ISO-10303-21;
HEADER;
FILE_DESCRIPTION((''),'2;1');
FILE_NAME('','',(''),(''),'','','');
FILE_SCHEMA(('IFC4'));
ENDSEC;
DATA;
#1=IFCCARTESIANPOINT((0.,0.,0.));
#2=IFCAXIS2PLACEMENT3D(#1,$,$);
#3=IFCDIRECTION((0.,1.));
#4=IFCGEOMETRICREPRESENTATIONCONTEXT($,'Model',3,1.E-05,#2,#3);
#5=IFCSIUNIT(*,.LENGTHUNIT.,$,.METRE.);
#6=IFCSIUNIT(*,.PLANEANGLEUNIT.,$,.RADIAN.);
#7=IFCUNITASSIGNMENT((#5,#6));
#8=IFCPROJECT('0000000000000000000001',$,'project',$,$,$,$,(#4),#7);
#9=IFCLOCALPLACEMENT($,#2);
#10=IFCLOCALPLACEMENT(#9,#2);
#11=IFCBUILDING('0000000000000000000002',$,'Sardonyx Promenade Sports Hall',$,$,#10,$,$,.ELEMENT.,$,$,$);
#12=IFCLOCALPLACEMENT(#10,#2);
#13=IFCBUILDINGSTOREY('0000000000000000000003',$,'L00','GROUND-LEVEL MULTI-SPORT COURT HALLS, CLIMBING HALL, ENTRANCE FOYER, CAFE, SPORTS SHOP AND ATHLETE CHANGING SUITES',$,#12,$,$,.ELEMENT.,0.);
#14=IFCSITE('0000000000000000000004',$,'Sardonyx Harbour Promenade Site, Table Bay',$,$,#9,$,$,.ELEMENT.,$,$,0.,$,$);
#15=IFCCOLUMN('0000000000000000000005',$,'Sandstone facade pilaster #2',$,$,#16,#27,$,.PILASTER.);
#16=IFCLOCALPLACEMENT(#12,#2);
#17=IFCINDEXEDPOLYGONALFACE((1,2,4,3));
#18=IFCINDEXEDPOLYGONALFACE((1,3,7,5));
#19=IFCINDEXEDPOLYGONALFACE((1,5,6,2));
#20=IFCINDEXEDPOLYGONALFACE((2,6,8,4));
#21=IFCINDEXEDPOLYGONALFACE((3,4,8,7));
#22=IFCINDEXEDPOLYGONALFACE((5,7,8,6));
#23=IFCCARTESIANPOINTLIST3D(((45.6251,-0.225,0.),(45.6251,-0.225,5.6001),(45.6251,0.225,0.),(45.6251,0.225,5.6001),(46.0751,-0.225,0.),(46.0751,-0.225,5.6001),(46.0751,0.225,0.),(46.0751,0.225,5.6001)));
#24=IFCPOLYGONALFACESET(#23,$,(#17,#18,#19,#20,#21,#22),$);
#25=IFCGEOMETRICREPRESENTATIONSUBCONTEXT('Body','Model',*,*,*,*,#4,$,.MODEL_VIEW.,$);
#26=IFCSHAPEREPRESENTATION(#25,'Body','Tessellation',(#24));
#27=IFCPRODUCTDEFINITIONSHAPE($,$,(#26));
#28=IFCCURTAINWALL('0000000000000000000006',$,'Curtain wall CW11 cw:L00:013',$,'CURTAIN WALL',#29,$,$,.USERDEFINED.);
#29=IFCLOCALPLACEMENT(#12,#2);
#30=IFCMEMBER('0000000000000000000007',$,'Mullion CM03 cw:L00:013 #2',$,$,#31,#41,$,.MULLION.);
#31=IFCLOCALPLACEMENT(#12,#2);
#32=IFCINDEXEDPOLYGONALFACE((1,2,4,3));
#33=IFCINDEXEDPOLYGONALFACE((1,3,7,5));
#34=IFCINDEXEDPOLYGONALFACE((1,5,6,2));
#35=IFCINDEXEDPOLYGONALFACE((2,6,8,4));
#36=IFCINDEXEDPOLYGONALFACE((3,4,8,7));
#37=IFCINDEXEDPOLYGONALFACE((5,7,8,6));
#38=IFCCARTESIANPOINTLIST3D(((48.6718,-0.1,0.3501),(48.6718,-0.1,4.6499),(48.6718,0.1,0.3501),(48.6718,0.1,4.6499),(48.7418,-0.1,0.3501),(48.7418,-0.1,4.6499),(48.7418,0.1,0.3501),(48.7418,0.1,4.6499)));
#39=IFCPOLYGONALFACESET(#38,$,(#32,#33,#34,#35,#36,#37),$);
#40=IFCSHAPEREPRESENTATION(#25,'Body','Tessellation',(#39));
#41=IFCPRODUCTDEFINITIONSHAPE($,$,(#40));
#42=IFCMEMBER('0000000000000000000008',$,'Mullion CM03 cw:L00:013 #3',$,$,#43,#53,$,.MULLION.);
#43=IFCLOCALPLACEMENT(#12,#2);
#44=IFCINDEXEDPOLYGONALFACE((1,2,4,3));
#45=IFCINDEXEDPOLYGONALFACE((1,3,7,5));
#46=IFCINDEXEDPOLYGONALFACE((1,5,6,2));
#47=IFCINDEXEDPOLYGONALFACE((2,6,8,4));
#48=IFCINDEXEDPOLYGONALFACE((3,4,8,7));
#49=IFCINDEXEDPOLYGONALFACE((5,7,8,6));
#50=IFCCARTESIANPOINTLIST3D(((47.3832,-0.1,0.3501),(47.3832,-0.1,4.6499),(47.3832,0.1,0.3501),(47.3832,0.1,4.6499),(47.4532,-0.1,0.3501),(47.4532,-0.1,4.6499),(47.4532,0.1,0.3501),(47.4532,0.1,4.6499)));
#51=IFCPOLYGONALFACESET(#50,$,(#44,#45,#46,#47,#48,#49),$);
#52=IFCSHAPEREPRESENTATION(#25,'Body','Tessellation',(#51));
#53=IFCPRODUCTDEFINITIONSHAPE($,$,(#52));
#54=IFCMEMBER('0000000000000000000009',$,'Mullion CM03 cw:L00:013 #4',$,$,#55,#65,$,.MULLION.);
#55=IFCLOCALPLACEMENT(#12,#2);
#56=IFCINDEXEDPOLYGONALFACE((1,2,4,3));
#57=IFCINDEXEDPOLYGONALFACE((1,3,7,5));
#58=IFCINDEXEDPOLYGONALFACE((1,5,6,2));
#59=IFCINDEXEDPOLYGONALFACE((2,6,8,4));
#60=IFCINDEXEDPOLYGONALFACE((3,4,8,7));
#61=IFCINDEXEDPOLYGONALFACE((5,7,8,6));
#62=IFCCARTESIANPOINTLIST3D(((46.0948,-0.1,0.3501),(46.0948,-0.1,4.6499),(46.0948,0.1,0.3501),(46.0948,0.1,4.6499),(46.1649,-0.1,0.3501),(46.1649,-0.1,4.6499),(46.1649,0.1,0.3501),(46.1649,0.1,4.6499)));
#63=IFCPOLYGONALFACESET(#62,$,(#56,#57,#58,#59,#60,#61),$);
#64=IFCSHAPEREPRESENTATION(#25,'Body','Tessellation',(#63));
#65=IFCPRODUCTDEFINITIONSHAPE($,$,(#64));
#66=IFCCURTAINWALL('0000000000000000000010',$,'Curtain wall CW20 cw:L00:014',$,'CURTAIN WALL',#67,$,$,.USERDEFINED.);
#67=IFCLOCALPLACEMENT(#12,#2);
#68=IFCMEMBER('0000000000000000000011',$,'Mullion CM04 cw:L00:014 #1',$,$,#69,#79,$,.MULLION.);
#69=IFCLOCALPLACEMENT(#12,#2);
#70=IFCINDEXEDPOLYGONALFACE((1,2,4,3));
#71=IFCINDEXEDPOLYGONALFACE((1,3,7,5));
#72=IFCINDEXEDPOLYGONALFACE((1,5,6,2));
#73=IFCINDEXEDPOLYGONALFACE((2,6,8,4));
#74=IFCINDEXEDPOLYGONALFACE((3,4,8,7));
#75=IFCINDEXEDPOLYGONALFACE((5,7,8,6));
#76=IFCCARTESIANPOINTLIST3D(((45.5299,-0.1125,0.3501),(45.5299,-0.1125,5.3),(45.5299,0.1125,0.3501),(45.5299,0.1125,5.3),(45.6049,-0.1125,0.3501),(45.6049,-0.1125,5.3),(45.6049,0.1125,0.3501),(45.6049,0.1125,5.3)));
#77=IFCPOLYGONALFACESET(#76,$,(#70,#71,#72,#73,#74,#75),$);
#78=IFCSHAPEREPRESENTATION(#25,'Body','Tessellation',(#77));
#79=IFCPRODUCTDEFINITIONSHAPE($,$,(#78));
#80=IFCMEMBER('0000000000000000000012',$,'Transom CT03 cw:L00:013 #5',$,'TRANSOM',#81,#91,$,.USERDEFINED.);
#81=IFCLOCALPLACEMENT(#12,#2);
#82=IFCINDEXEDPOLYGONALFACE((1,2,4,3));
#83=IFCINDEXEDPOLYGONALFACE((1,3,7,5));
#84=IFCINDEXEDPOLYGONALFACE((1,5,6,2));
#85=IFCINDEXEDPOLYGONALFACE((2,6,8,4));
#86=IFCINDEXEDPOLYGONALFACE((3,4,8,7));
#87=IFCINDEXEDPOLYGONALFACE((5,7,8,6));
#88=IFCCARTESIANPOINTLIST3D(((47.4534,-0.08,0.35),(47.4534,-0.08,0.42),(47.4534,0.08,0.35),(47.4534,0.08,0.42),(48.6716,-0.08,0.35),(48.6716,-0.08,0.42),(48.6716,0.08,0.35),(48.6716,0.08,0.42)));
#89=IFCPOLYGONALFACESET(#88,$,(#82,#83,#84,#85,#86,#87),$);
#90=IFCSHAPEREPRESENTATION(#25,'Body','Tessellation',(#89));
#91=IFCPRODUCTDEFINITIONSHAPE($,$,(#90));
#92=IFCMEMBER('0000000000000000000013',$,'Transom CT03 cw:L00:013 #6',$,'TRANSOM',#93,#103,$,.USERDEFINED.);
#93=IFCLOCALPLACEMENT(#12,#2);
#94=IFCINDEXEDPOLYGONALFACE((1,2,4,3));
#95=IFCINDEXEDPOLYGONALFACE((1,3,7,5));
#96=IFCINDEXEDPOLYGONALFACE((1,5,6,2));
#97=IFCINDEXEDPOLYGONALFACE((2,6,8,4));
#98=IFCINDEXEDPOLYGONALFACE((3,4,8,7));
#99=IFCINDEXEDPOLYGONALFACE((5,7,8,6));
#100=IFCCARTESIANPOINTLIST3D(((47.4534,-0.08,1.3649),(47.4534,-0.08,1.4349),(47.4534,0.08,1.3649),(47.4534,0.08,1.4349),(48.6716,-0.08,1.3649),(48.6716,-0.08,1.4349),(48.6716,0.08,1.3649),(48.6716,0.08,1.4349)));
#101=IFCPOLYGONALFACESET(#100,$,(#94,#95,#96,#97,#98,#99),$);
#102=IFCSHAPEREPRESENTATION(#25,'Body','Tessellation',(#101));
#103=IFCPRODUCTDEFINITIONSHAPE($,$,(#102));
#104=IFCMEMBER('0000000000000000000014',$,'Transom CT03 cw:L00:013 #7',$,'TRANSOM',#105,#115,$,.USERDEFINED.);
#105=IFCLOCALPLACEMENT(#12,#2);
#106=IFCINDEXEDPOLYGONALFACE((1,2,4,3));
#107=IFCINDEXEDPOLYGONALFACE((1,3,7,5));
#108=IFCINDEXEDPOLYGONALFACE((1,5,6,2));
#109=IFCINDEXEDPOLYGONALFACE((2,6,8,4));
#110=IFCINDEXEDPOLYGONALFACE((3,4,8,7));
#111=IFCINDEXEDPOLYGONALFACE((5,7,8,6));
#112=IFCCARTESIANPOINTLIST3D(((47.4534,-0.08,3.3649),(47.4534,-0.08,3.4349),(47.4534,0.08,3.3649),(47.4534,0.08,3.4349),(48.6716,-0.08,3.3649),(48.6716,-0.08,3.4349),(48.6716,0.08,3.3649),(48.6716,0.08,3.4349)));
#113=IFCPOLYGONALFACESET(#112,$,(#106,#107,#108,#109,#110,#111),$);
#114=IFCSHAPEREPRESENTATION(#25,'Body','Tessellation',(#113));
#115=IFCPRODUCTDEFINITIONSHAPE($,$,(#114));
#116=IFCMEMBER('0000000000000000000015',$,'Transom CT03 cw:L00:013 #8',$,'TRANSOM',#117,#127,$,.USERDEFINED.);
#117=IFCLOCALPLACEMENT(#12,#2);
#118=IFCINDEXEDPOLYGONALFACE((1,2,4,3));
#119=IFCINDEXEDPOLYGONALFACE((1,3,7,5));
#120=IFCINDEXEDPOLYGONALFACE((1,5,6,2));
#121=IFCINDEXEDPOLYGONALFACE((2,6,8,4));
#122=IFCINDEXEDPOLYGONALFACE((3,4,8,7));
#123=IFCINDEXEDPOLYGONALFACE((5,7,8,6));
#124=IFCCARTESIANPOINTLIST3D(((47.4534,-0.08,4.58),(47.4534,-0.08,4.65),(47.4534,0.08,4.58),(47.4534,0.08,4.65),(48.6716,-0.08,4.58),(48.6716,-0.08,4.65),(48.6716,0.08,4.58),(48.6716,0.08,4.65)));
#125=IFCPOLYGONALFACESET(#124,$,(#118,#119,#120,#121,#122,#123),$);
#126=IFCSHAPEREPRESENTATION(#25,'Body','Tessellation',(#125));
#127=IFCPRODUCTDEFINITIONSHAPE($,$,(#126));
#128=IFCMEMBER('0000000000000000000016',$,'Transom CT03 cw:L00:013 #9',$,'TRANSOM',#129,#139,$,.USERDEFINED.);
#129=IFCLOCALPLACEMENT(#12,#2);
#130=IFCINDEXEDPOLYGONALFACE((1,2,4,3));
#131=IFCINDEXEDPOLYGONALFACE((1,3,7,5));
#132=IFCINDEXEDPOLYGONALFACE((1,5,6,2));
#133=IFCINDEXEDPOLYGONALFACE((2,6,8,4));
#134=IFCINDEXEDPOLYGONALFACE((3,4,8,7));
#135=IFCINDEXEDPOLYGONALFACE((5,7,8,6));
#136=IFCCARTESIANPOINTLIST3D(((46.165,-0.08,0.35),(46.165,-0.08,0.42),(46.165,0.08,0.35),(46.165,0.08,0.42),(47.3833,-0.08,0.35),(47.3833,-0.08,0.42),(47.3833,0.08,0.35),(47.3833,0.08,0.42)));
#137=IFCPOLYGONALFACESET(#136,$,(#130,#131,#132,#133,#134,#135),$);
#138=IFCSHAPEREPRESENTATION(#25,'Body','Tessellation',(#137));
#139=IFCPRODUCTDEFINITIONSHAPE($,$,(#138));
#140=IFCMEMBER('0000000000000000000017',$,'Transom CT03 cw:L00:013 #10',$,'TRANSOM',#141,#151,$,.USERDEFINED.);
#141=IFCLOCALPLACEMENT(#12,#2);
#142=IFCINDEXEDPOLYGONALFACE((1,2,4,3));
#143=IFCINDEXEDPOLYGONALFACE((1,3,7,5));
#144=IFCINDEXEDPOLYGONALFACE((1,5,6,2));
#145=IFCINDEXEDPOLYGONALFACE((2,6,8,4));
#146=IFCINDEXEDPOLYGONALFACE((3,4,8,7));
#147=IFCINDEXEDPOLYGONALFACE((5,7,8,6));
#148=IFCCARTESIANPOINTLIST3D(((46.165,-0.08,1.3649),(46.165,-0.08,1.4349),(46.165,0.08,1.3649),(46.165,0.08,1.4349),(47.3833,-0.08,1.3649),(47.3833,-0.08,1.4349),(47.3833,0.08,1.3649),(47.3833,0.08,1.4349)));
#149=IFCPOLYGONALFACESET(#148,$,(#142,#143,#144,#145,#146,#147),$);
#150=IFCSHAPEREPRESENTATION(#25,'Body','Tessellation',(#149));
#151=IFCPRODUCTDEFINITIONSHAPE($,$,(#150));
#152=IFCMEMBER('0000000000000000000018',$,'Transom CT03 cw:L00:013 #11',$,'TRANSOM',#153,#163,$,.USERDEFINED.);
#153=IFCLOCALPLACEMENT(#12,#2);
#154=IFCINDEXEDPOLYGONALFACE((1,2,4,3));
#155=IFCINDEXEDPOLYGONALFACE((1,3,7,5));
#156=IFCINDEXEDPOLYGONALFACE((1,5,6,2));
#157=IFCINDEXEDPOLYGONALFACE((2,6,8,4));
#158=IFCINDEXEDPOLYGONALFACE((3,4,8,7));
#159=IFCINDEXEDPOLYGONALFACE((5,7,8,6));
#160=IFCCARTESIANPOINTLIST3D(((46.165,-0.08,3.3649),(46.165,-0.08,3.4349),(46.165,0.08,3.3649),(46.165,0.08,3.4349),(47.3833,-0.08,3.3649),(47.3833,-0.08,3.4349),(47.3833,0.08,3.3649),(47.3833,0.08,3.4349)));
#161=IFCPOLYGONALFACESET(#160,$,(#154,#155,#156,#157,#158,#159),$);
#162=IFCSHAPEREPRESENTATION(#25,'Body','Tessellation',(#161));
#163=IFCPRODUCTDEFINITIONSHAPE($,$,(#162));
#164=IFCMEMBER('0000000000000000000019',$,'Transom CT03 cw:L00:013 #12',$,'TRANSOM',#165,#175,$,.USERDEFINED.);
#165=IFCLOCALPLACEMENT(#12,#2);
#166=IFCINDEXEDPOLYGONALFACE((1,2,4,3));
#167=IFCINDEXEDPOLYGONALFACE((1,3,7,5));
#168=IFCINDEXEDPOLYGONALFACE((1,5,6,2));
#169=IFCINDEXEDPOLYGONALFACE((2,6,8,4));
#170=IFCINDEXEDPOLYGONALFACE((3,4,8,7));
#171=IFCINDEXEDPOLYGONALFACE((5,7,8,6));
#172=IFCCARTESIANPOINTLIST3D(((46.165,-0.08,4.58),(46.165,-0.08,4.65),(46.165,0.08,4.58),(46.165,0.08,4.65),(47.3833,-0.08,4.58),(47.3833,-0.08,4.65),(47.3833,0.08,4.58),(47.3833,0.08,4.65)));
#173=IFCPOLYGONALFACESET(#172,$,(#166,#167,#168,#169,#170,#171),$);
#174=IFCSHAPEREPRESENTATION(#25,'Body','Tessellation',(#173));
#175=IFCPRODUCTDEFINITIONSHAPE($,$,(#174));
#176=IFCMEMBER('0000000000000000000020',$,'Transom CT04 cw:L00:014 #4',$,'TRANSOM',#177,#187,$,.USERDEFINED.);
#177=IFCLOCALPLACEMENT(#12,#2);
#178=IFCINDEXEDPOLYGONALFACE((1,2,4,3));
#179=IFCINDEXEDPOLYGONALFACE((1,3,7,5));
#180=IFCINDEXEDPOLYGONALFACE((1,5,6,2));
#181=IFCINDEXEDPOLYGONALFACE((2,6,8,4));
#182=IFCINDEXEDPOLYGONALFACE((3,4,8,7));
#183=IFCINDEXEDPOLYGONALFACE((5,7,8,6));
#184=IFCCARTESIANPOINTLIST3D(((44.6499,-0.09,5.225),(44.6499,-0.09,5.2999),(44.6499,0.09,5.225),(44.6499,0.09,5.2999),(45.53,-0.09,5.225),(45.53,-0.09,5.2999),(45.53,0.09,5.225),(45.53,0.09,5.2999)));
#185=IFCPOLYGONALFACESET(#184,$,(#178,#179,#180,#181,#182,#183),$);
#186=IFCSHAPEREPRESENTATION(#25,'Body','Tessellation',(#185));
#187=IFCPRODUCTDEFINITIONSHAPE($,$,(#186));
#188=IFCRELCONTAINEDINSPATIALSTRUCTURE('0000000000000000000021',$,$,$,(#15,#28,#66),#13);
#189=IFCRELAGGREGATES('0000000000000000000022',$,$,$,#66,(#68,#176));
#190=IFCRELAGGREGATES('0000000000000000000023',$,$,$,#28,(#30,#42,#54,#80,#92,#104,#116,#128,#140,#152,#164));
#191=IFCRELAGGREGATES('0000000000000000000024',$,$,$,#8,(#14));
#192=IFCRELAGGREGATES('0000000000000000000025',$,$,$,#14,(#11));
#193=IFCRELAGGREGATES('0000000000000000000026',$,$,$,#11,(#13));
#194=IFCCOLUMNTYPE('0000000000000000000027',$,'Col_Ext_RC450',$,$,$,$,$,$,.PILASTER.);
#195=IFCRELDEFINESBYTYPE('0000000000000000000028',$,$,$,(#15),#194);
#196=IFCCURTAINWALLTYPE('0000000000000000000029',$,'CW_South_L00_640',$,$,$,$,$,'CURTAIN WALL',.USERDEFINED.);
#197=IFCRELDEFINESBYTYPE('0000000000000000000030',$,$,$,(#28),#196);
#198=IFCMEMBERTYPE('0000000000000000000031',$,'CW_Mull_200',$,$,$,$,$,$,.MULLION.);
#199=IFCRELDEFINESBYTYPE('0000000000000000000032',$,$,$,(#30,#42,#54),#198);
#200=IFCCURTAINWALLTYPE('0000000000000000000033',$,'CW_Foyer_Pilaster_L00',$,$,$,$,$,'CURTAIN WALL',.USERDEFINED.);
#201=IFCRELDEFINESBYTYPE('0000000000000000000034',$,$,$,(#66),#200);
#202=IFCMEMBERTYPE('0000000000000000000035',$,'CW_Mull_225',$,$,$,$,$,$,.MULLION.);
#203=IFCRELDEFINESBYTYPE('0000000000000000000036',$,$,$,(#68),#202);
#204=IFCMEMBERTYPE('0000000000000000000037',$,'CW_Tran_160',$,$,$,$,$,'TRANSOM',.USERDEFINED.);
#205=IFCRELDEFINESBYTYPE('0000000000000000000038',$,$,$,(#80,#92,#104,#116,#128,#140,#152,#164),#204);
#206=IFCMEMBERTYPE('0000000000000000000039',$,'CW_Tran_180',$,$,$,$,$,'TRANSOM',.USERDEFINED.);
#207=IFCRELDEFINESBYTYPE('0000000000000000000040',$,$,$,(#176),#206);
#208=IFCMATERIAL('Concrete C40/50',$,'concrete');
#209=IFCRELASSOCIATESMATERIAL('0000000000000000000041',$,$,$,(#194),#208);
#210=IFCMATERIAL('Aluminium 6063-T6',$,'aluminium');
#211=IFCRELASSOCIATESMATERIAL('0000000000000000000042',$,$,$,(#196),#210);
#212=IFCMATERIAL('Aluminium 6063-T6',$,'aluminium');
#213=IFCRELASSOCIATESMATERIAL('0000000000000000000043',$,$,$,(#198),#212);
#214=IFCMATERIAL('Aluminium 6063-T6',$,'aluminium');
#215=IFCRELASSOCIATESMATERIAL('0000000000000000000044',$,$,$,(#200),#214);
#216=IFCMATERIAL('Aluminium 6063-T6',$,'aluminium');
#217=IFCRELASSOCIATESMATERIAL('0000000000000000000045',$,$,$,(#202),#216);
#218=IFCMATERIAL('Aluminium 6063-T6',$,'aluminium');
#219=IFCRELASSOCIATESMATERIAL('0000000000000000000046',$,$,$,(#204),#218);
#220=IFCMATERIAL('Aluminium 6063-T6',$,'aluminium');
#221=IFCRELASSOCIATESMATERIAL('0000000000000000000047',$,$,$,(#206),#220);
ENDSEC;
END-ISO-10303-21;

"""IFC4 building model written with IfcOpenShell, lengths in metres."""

from ifc_helpers import new_model, si_unit, direction, frame, origin, origin_2d, place, context, subcontext, project, spatial, rectangle, extrude, material, material_profile, profile_set, type_object, element, aggregate, save


model = new_model("IFC4")

# Units and contexts
model_context = context("Model", 3, precision=1e-05, world=origin(), true_north=direction((0.0, 1.0)))
body_context = subcontext(model_context, "Body", "Model", "MODEL_VIEW")
ifc_project = project(units=[si_unit("LENGTHUNIT", "METRE"), si_unit("PLANEANGLEUNIT", "RADIAN")], contexts=[model_context])

# Site, building, storey
site_placement = place(None, origin())
site = spatial("IfcSite", under=ifc_project, at=site_placement, Name="Sardonyx Harbour Promenade Site, Table Bay", CompositionType="ELEMENT", RefElevation=0.0)
building_placement = place(site_placement, origin())
building = spatial("IfcBuilding", under=site, at=building_placement, Name="Sardonyx Promenade Sports Hall", CompositionType="ELEMENT")
storey_placement = place(building_placement, origin())
storey = spatial("IfcBuildingStorey", under=building, at=storey_placement, Name="L00", Description="GROUND-LEVEL MULTI-SPORT COURT HALLS, CLIMBING HALL, ENTRANCE FOYER, CAFE, SPORTS SHOP AND ATHLETE CHANGING SUITES", CompositionType="ELEMENT", Elevation=0.0)

# Column
ifc_material_1 = material(Name="Concrete C40/50", Category="concrete")
ifc_material_profile_1 = material_profile(ifc_material_1, rectangle(XDim=0.45, YDim=0.45, at=origin_2d()))
ifc_profile_set_1 = profile_set([ifc_material_profile_1], Name="Concrete C40/50")
column_type = type_object("IfcColumnType", Name="Col_Ext_RC450", PredefinedType="PILASTER", material=ifc_profile_set_1)
column_placement = place(storey_placement, frame((45.8501, 0.0, 0.0), z_axis=(0.0, 0.0, 1.0), x_axis=(1.0, 0.0, 0.0)))
element("IfcColumn", 1, at=column_placement, inside=storey, type_object=column_type, Name="Sandstone facade pilaster #2", PredefinedType="PILASTER", context=body_context, shape_type="SweptSolid", body=[
    extrude(rectangle(XDim=0.45, YDim=0.45, at=origin_2d()), origin(), (0.0, 0.0, 1.0), 5.6001),
])

# Curtain wall, members
ifc_material_2 = material(Name="Aluminium 6063-T6", Category="aluminium")
curtain_wall_type_1 = type_object("IfcCurtainWallType", Name="CW_South_L00_640", ElementType="CURTAIN WALL", PredefinedType="USERDEFINED", material=ifc_material_2)
curtain_wall_1_placement = place(storey_placement, origin())
curtain_wall_1 = element("IfcCurtainWall", 2, at=curtain_wall_1_placement, inside=storey, type_object=curtain_wall_type_1, Name="Curtain wall CW11 cw:L00:013", ObjectType="CURTAIN WALL", PredefinedType="USERDEFINED")
ifc_material_3 = material(Name="Aluminium 6063-T6", Category="aluminium")
ifc_material_profile_2 = material_profile(ifc_material_3, rectangle(XDim=0.0701, YDim=0.2, at=origin_2d()))
ifc_profile_set_2 = profile_set([ifc_material_profile_2], Name="Aluminium 6063-T6")
member_type_1 = type_object("IfcMemberType", Name="CW_Mull_200", PredefinedType="MULLION", material=ifc_profile_set_2)
member_1_placement = place(storey_placement, frame((48.7068, 0.0, 0.3501), z_axis=(0.0, 0.0, 1.0), x_axis=(-1.0, 0.0, 0.0)))
member_1 = element("IfcMember", 3, at=member_1_placement, type_object=member_type_1, Name="Mullion CM03 cw:L00:013 #2", PredefinedType="MULLION", context=body_context, shape_type="SweptSolid", body=[
    extrude(rectangle(XDim=0.0701, YDim=0.2, at=origin_2d()), origin(), (0.0, 0.0, 1.0), 4.2998),
])
member_2_placement = place(storey_placement, frame((47.4182, 0.0, 0.3501), z_axis=(0.0, 0.0, 1.0), x_axis=(-1.0, 0.0, 0.0)))
member_2 = element("IfcMember", 4, at=member_2_placement, type_object=member_type_1, Name="Mullion CM03 cw:L00:013 #3", PredefinedType="MULLION", context=body_context, shape_type="SweptSolid", body=[
    extrude(rectangle(XDim=0.0701, YDim=0.2, at=origin_2d()), origin(), (0.0, 0.0, 1.0), 4.2998),
])
member_3_placement = place(storey_placement, frame((46.1299, 0.0, 0.3501), z_axis=(0.0, 0.0, 1.0), x_axis=(-1.0, 0.0, 0.0)))
member_3 = element("IfcMember", 5, at=member_3_placement, type_object=member_type_1, Name="Mullion CM03 cw:L00:013 #4", PredefinedType="MULLION", context=body_context, shape_type="SweptSolid", body=[
    extrude(rectangle(XDim=0.0701, YDim=0.2, at=origin_2d()), origin(), (0.0, 0.0, 1.0), 4.2998),
])

# Curtain wall, member
ifc_material_4 = material(Name="Aluminium 6063-T6", Category="aluminium")
curtain_wall_type_2 = type_object("IfcCurtainWallType", Name="CW_Foyer_Pilaster_L00", ElementType="CURTAIN WALL", PredefinedType="USERDEFINED", material=ifc_material_4)
curtain_wall_2_placement = place(storey_placement, origin())
curtain_wall_2 = element("IfcCurtainWall", 6, at=curtain_wall_2_placement, inside=storey, type_object=curtain_wall_type_2, Name="Curtain wall CW20 cw:L00:014", ObjectType="CURTAIN WALL", PredefinedType="USERDEFINED")
ifc_material_5 = material(Name="Aluminium 6063-T6", Category="aluminium")
ifc_material_profile_3 = material_profile(ifc_material_5, rectangle(XDim=0.075, YDim=0.2251, at=origin_2d()))
ifc_profile_set_3 = profile_set([ifc_material_profile_3], Name="Aluminium 6063-T6")
member_type_2 = type_object("IfcMemberType", Name="CW_Mull_225", PredefinedType="MULLION", material=ifc_profile_set_3)
member_4_placement = place(storey_placement, frame((45.5674, 0.0, 0.3501), z_axis=(0.0, 0.0, 1.0), x_axis=(-1.0, 0.0, 0.0)))
member_4 = element("IfcMember", 7, at=member_4_placement, type_object=member_type_2, Name="Mullion CM04 cw:L00:014 #1", PredefinedType="MULLION", context=body_context, shape_type="SweptSolid", body=[
    extrude(rectangle(XDim=0.075, YDim=0.2251, at=origin_2d()), origin(), (0.0, 0.0, 1.0), 4.95),
])

# Members
ifc_material_6 = material(Name="Aluminium 6063-T6", Category="aluminium")
ifc_material_profile_4 = material_profile(ifc_material_6, rectangle(XDim=0.0701, YDim=0.1599, at=origin_2d()))
ifc_profile_set_4 = profile_set([ifc_material_profile_4], Name="Aluminium 6063-T6")
member_type_3 = type_object("IfcMemberType", Name="CW_Tran_160", ElementType="TRANSOM", PredefinedType="USERDEFINED", material=ifc_profile_set_4)
member_5_placement = place(storey_placement, frame((48.6716, 0.0, 0.385), z_axis=(-1.0, 0.0, 0.0), x_axis=(0.0, 0.0, 1.0)))
member_5 = element("IfcMember", 8, at=member_5_placement, type_object=member_type_3, Name="Transom CT03 cw:L00:013 #5", ObjectType="TRANSOM", PredefinedType="USERDEFINED", context=body_context, shape_type="SweptSolid", body=[
    extrude(rectangle(XDim=0.0701, YDim=0.1599, at=origin_2d()), origin(), (0.0, 0.0, 1.0), 1.2183),
])
member_6_placement = place(storey_placement, frame((48.6716, 0.0, 1.3999), z_axis=(-1.0, 0.0, 0.0), x_axis=(0.0, 0.0, 1.0)))
member_6 = element("IfcMember", 9, at=member_6_placement, type_object=member_type_3, Name="Transom CT03 cw:L00:013 #6", ObjectType="TRANSOM", PredefinedType="USERDEFINED", context=body_context, shape_type="SweptSolid", body=[
    extrude(rectangle(XDim=0.0701, YDim=0.1599, at=origin_2d()), origin(), (0.0, 0.0, 1.0), 1.2183),
])
member_7_placement = place(storey_placement, frame((48.6716, 0.0, 3.3999), z_axis=(-1.0, 0.0, 0.0), x_axis=(0.0, 0.0, 1.0)))
member_7 = element("IfcMember", 10, at=member_7_placement, type_object=member_type_3, Name="Transom CT03 cw:L00:013 #7", ObjectType="TRANSOM", PredefinedType="USERDEFINED", context=body_context, shape_type="SweptSolid", body=[
    extrude(rectangle(XDim=0.0701, YDim=0.1599, at=origin_2d()), origin(), (0.0, 0.0, 1.0), 1.2183),
])
member_8_placement = place(storey_placement, frame((48.6716, 0.0, 4.615), z_axis=(-1.0, 0.0, 0.0), x_axis=(0.0, 0.0, 1.0)))
member_8 = element("IfcMember", 11, at=member_8_placement, type_object=member_type_3, Name="Transom CT03 cw:L00:013 #8", ObjectType="TRANSOM", PredefinedType="USERDEFINED", context=body_context, shape_type="SweptSolid", body=[
    extrude(rectangle(XDim=0.0701, YDim=0.1599, at=origin_2d()), origin(), (0.0, 0.0, 1.0), 1.2183),
])
member_9_placement = place(storey_placement, frame((47.3833, 0.0, 0.385), z_axis=(-1.0, 0.0, 0.0), x_axis=(0.0, 0.0, 1.0)))
member_9 = element("IfcMember", 12, at=member_9_placement, type_object=member_type_3, Name="Transom CT03 cw:L00:013 #9", ObjectType="TRANSOM", PredefinedType="USERDEFINED", context=body_context, shape_type="SweptSolid", body=[
    extrude(rectangle(XDim=0.0701, YDim=0.1599, at=origin_2d()), origin(), (0.0, 0.0, 1.0), 1.2183),
])
member_10_placement = place(storey_placement, frame((47.3833, 0.0, 1.3999), z_axis=(-1.0, 0.0, 0.0), x_axis=(0.0, 0.0, 1.0)))
member_10 = element("IfcMember", 13, at=member_10_placement, type_object=member_type_3, Name="Transom CT03 cw:L00:013 #10", ObjectType="TRANSOM", PredefinedType="USERDEFINED", context=body_context, shape_type="SweptSolid", body=[
    extrude(rectangle(XDim=0.0701, YDim=0.1599, at=origin_2d()), origin(), (0.0, 0.0, 1.0), 1.2183),
])
member_11_placement = place(storey_placement, frame((47.3833, 0.0, 3.3999), z_axis=(-1.0, 0.0, 0.0), x_axis=(0.0, 0.0, 1.0)))
member_11 = element("IfcMember", 14, at=member_11_placement, type_object=member_type_3, Name="Transom CT03 cw:L00:013 #11", ObjectType="TRANSOM", PredefinedType="USERDEFINED", context=body_context, shape_type="SweptSolid", body=[
    extrude(rectangle(XDim=0.0701, YDim=0.1599, at=origin_2d()), origin(), (0.0, 0.0, 1.0), 1.2183),
])
member_12_placement = place(storey_placement, frame((47.3833, 0.0, 4.615), z_axis=(-1.0, 0.0, 0.0), x_axis=(0.0, 0.0, 1.0)))
member_12 = element("IfcMember", 15, at=member_12_placement, type_object=member_type_3, Name="Transom CT03 cw:L00:013 #12", ObjectType="TRANSOM", PredefinedType="USERDEFINED", context=body_context, shape_type="SweptSolid", body=[
    extrude(rectangle(XDim=0.0701, YDim=0.1599, at=origin_2d()), origin(), (0.0, 0.0, 1.0), 1.2183),
])
ifc_material_7 = material(Name="Aluminium 6063-T6", Category="aluminium")
ifc_material_profile_5 = material_profile(ifc_material_7, rectangle(XDim=0.075, YDim=0.1799, at=origin_2d()))
ifc_profile_set_5 = profile_set([ifc_material_profile_5], Name="Aluminium 6063-T6")
member_type_4 = type_object("IfcMemberType", Name="CW_Tran_180", ElementType="TRANSOM", PredefinedType="USERDEFINED", material=ifc_profile_set_5)
member_13_placement = place(storey_placement, frame((45.53, 0.0, 5.2625), z_axis=(-1.0, 0.0, 0.0), x_axis=(0.0, 0.0, 1.0)))
member_13 = element("IfcMember", 16, at=member_13_placement, type_object=member_type_4, Name="Transom CT04 cw:L00:014 #4", ObjectType="TRANSOM", PredefinedType="USERDEFINED", context=body_context, shape_type="SweptSolid", body=[
    extrude(rectangle(XDim=0.075, YDim=0.1799, at=origin_2d()), origin(), (0.0, 0.0, 1.0), 0.8801),
])
aggregate(curtain_wall_2, [member_4, member_13])

aggregate(curtain_wall_1, [member_1, member_2, member_3, member_5, member_6, member_7, member_8, member_9, member_10, member_11, member_12])

save(model, "model.ifc")
